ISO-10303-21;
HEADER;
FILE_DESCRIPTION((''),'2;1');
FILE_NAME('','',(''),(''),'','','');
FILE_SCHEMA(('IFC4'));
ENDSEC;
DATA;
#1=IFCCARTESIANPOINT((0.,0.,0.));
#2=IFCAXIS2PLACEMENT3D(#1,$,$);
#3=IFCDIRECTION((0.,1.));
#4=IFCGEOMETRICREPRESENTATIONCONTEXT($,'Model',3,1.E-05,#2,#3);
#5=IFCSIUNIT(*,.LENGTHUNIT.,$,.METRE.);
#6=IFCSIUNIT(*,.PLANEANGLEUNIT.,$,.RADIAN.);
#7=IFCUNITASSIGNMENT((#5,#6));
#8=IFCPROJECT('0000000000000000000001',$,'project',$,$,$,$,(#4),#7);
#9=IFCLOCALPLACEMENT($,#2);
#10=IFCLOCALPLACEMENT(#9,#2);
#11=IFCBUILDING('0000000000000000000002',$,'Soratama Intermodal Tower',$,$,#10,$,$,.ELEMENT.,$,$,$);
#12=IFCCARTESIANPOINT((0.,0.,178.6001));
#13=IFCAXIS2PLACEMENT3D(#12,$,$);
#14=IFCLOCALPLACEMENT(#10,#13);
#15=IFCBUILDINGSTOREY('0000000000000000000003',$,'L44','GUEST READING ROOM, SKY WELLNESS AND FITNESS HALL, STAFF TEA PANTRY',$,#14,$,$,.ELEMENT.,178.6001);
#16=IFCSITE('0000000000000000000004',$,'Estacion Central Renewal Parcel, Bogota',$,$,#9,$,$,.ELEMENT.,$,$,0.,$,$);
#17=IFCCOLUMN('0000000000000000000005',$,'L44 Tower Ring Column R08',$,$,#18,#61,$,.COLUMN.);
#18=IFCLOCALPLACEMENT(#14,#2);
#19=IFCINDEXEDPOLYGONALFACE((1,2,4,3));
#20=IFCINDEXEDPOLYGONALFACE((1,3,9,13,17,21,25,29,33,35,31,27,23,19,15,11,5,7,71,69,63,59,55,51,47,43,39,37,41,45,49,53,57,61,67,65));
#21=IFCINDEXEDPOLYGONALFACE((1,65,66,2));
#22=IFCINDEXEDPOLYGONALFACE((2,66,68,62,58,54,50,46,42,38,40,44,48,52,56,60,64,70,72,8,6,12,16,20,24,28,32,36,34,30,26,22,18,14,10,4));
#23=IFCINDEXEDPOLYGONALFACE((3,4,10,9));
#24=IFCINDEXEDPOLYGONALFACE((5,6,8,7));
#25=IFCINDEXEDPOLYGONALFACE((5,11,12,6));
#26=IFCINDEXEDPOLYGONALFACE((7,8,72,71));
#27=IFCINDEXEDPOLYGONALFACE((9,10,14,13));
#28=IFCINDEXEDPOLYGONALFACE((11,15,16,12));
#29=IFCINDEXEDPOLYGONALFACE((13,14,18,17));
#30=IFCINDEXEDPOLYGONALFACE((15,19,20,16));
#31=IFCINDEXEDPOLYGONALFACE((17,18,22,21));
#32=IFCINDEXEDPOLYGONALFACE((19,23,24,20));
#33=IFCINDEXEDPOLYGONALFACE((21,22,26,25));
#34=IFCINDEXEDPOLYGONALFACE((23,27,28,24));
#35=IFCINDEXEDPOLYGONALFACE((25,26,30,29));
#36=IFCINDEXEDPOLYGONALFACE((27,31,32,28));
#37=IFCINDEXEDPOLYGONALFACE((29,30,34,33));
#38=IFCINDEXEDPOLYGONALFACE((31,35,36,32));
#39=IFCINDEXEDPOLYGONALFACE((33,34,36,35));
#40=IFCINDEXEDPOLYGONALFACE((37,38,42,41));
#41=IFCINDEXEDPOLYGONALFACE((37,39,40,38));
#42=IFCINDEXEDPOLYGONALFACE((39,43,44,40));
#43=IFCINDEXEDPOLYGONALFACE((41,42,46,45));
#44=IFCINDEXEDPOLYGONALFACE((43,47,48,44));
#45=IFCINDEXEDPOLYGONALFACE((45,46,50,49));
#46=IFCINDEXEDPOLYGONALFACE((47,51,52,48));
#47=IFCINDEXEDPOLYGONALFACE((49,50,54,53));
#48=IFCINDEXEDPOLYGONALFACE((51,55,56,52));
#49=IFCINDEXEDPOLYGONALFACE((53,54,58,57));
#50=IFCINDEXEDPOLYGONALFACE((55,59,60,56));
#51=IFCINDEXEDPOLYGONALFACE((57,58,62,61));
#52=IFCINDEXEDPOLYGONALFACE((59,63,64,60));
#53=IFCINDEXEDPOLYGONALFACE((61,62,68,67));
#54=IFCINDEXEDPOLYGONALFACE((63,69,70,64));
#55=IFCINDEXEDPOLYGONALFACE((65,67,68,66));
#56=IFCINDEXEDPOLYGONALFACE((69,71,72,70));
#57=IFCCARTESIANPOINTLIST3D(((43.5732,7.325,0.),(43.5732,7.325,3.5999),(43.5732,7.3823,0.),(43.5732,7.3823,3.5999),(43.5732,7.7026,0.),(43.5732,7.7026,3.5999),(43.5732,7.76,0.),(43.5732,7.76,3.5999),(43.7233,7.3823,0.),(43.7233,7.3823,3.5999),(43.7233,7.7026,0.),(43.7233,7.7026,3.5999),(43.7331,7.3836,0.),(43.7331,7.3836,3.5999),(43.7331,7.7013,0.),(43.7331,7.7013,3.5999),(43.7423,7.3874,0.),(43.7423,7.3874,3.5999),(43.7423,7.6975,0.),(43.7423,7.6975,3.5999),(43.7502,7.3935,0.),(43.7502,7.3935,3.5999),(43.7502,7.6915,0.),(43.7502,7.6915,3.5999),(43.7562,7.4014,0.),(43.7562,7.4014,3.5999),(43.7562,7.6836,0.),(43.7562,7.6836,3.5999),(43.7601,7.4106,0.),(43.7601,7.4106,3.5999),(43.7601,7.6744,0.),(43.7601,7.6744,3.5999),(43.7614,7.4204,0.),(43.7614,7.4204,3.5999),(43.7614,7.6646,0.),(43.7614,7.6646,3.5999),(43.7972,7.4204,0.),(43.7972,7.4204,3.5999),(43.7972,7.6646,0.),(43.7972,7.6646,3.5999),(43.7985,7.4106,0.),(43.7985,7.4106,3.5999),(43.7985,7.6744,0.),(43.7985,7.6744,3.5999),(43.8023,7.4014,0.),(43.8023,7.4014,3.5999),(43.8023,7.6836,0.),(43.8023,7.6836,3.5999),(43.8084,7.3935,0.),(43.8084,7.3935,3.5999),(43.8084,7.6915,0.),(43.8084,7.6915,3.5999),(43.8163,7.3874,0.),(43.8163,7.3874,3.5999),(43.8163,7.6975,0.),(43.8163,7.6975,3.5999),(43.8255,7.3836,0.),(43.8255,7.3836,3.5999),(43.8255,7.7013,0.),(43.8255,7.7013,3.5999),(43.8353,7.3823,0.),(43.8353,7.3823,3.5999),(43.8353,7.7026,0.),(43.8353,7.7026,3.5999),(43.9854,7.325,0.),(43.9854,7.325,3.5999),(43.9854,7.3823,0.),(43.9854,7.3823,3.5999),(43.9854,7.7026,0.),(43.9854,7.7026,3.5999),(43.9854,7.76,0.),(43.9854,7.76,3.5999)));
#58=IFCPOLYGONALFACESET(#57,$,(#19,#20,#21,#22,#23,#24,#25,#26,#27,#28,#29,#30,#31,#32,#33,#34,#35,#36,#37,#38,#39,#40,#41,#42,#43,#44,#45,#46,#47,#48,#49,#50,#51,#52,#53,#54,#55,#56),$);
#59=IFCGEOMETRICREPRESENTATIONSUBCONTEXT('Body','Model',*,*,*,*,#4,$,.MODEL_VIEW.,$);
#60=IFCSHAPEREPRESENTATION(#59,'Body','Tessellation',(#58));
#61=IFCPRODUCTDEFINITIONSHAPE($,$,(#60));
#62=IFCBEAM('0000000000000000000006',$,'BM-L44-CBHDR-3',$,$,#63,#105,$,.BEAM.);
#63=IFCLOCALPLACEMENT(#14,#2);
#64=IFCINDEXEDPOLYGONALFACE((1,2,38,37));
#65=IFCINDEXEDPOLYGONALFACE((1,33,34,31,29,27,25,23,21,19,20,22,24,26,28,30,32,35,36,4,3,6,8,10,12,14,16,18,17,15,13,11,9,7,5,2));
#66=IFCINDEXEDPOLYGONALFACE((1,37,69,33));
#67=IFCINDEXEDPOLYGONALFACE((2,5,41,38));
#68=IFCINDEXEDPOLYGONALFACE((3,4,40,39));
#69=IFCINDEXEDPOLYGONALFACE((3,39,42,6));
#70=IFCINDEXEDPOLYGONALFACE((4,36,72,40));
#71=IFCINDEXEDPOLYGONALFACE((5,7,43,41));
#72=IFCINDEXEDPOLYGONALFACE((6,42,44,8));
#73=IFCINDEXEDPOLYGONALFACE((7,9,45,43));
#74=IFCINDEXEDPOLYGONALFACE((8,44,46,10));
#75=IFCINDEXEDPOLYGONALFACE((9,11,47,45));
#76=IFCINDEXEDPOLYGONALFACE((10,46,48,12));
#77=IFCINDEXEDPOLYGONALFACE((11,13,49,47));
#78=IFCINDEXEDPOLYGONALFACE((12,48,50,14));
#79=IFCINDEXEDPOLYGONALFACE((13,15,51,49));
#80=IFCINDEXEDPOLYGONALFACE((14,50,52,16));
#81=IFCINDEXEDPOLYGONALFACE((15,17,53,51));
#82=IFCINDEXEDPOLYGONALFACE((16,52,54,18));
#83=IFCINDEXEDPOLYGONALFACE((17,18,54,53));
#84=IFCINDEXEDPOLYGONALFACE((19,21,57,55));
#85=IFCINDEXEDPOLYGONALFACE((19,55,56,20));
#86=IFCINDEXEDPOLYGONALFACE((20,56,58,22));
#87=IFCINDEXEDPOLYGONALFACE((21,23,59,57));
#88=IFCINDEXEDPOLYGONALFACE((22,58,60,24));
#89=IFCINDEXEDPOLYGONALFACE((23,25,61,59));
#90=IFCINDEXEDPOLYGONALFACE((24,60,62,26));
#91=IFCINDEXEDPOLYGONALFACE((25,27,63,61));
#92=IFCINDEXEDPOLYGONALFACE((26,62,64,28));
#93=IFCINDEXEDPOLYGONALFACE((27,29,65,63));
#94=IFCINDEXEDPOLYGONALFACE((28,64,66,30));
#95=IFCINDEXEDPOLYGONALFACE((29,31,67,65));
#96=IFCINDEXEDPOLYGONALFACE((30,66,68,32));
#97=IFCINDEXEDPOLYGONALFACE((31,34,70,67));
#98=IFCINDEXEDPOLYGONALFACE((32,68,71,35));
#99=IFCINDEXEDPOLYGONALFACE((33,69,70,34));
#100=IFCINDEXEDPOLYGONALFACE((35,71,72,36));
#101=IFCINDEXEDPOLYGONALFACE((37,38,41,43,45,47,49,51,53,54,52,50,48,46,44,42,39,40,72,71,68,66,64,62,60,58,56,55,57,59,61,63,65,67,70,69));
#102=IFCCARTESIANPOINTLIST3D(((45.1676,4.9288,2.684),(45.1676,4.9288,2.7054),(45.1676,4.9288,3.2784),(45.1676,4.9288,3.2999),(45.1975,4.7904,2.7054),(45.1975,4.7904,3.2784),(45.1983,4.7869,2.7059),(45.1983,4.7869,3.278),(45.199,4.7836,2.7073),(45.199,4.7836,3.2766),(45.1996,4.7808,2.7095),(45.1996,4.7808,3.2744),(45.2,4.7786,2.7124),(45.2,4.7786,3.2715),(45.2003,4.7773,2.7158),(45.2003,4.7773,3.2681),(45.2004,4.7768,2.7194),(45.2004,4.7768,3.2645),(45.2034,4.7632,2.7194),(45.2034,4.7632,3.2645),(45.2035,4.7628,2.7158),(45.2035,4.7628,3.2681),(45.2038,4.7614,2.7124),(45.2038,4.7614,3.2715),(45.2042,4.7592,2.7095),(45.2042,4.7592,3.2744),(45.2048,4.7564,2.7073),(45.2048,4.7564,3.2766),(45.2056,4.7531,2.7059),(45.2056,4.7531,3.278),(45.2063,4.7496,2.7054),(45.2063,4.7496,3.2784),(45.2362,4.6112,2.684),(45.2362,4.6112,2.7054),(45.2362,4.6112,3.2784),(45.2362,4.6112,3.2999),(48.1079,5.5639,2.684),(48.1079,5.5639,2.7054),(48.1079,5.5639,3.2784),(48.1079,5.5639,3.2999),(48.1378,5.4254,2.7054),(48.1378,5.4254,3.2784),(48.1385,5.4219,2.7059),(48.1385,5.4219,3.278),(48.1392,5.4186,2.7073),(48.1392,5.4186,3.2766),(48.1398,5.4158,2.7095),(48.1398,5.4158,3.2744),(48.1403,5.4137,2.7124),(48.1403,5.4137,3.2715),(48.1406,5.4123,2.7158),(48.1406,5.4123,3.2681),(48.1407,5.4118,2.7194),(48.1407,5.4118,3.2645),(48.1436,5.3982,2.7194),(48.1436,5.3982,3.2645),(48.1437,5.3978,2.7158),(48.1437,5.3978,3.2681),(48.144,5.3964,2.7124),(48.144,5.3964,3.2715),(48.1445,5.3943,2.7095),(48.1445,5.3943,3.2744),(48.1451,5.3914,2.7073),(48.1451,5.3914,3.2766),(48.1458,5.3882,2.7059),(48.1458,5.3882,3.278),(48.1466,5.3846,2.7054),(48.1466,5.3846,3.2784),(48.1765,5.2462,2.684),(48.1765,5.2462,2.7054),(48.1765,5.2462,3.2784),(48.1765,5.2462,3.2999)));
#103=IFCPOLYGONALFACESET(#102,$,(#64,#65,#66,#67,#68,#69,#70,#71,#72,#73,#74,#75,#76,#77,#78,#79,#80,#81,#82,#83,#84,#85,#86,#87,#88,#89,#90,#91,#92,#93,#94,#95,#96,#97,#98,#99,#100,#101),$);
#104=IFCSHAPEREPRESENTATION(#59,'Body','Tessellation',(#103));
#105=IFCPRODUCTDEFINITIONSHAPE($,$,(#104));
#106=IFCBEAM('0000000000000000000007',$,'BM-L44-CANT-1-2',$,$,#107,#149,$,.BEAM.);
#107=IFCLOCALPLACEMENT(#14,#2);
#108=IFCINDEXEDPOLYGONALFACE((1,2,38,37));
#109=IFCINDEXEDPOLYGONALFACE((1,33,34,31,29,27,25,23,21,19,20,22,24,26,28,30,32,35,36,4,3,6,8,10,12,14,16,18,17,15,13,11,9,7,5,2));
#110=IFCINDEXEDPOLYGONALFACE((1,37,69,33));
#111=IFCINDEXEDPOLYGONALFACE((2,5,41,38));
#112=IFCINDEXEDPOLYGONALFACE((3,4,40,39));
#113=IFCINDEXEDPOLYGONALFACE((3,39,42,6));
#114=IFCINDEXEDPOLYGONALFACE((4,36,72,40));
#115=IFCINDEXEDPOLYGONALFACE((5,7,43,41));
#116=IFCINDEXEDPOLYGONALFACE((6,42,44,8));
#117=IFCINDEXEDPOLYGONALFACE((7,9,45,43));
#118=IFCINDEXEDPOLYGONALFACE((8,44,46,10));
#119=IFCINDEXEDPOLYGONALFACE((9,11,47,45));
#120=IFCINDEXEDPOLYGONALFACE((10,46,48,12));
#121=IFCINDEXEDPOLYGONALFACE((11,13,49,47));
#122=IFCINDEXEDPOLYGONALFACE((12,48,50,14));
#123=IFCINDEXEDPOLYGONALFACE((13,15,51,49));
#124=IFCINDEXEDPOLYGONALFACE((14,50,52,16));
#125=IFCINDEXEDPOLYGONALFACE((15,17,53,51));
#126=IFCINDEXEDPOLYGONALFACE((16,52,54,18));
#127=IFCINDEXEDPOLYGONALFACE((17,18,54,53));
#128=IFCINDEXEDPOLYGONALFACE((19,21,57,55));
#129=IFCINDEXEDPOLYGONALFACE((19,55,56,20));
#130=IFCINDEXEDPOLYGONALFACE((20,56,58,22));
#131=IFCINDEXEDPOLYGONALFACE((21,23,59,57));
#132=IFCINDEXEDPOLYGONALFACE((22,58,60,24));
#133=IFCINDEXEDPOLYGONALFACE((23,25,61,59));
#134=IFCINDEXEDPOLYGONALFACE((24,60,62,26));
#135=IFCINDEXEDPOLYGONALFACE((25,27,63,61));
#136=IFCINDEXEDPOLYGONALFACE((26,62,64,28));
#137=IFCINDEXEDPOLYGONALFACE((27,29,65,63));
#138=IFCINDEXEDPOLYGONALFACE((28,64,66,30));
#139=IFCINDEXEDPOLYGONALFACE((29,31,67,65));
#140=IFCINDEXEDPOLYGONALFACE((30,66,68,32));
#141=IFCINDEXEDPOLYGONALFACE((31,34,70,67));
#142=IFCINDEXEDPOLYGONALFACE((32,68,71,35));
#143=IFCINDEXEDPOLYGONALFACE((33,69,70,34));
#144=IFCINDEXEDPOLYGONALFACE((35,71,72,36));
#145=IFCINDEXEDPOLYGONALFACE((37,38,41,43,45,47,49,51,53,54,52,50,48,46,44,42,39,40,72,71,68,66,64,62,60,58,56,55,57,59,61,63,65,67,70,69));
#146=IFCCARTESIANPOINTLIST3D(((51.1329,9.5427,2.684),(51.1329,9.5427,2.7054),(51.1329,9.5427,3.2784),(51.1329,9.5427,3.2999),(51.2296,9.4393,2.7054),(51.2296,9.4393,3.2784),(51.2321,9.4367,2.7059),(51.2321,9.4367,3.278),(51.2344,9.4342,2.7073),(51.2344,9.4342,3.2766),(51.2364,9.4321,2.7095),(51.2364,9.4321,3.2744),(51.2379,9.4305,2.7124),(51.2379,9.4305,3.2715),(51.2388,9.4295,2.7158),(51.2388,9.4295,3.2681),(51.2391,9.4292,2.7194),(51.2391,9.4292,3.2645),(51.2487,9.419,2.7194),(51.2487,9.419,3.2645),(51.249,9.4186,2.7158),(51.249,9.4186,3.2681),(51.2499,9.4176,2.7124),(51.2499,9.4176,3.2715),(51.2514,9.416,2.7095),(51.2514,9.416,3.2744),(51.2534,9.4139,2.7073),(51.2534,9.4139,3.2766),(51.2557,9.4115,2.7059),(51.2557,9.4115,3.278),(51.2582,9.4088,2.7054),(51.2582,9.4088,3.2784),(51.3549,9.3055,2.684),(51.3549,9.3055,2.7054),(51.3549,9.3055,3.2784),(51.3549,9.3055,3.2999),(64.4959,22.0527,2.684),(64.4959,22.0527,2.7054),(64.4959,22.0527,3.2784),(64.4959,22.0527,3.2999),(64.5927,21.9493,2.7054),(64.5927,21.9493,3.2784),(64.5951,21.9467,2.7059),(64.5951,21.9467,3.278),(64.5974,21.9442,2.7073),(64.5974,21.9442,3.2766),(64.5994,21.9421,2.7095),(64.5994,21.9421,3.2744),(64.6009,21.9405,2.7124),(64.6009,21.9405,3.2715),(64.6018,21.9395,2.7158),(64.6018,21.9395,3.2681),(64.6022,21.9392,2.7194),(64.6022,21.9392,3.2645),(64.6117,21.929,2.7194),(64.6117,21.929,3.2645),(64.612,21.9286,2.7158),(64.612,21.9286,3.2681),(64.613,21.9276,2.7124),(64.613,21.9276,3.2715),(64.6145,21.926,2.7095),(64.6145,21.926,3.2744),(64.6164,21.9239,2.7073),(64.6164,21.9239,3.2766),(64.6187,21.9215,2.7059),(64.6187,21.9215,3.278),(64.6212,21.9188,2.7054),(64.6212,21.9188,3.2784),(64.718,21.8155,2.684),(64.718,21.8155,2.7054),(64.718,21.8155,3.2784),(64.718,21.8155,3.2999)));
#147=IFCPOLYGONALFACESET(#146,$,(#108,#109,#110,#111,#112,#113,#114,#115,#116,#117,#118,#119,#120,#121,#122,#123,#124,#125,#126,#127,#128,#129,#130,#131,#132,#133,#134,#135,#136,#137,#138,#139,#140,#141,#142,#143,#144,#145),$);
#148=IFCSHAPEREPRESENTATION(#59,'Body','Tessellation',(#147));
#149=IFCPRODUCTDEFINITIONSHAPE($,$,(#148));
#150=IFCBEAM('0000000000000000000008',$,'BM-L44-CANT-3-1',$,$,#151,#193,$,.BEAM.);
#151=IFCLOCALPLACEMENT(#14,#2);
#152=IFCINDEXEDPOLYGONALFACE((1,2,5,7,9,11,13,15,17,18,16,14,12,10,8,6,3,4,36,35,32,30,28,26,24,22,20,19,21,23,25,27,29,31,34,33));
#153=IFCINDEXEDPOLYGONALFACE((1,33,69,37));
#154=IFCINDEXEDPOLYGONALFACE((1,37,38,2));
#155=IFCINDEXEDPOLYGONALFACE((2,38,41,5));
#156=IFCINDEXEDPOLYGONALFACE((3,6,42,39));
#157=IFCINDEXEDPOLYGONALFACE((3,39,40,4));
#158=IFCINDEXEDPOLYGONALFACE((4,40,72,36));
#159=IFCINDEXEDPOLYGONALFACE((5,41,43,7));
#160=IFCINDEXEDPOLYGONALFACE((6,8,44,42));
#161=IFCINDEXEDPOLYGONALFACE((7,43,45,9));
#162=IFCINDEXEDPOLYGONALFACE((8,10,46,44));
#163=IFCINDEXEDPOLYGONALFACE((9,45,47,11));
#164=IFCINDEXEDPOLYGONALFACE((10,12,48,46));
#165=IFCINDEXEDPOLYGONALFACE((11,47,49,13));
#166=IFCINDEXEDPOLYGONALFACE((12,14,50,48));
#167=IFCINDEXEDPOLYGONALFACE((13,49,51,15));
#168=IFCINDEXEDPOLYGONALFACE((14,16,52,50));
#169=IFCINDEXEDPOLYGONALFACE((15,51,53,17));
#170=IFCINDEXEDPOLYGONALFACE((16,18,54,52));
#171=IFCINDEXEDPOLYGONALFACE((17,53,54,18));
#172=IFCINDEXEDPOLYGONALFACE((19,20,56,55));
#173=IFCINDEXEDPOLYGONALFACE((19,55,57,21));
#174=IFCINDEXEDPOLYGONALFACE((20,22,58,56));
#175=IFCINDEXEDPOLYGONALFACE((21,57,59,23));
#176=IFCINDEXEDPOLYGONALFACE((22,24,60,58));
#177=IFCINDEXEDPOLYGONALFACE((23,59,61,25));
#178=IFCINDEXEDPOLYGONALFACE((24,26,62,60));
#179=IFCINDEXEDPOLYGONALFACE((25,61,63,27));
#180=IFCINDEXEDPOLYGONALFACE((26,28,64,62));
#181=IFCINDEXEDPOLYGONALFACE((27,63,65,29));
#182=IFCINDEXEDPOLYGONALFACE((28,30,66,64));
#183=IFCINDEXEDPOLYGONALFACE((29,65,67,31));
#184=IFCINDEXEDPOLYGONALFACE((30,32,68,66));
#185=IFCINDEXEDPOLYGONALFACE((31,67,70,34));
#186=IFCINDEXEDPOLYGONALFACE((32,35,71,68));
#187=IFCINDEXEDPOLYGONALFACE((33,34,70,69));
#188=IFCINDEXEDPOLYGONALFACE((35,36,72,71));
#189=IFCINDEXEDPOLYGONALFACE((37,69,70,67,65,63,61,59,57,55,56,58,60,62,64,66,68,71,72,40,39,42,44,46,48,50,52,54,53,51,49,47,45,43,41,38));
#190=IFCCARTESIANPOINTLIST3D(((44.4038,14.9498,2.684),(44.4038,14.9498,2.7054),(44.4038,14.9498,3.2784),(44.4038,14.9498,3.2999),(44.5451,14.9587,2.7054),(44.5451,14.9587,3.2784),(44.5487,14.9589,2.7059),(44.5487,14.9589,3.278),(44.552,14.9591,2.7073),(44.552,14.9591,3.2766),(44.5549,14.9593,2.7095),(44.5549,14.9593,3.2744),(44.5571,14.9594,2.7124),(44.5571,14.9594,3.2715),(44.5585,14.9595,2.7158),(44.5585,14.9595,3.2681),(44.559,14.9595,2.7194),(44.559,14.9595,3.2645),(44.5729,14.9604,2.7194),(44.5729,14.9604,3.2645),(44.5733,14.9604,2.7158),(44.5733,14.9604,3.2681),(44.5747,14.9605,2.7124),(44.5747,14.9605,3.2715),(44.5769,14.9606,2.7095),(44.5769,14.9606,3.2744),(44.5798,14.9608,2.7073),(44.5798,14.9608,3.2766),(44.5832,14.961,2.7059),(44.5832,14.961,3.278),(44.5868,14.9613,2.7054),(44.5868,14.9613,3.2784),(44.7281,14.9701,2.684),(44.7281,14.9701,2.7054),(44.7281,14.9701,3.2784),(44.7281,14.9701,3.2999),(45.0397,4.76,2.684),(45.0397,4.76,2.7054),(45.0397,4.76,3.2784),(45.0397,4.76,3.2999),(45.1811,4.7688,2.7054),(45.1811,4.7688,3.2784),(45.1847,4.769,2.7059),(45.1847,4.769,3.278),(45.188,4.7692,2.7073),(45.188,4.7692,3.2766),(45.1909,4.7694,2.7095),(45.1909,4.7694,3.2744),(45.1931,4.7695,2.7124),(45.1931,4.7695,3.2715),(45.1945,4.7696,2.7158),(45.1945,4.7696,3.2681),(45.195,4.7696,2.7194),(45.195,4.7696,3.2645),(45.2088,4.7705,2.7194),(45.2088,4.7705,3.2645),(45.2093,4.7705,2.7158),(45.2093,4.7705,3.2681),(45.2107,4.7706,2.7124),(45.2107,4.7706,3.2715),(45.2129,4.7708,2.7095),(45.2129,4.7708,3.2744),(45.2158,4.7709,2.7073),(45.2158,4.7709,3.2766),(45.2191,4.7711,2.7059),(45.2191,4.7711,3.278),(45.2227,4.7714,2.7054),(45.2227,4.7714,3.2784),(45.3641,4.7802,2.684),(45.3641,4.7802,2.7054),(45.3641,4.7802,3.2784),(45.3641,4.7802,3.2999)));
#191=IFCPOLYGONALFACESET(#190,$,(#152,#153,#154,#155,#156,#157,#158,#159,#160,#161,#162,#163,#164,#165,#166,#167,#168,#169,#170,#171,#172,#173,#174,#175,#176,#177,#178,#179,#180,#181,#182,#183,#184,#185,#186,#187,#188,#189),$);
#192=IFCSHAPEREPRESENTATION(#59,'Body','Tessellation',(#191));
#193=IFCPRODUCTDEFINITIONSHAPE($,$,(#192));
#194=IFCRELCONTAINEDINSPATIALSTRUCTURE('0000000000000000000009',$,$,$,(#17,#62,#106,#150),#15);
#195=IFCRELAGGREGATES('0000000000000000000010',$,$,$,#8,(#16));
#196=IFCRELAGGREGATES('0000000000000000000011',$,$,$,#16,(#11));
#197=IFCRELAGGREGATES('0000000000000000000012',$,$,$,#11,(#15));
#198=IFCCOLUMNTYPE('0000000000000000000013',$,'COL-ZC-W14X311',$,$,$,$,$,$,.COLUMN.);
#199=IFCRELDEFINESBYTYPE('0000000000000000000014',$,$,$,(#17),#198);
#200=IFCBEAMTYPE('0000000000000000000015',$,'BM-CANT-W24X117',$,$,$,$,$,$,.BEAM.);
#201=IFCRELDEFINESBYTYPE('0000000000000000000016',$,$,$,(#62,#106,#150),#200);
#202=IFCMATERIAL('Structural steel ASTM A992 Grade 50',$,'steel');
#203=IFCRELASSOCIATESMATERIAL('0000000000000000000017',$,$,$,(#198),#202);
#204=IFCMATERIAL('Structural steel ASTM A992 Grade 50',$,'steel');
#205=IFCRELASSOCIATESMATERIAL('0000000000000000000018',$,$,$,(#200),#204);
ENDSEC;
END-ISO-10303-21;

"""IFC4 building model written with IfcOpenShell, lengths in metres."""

from ifc_helpers import new_model, si_unit, direction, frame, origin, origin_2d, place, context, subcontext, project, spatial, i_section, extrude, material, material_profile, profile_set, type_object, element, save


model = new_model("IFC4")

# Units and contexts
model_context = context("Model", 3, precision=1e-05, world=origin(), true_north=direction((0.0, 1.0)))
body_context = subcontext(model_context, "Body", "Model", "MODEL_VIEW")
ifc_project = project(units=[si_unit("LENGTHUNIT", "METRE"), si_unit("PLANEANGLEUNIT", "RADIAN")], contexts=[model_context])

# Site, building, storey
site_placement = place(None, origin())
site = spatial("IfcSite", under=ifc_project, at=site_placement, Name="Estacion Central Renewal Parcel, Bogota", CompositionType="ELEMENT", RefElevation=0.0)
building_placement = place(site_placement, origin())
building = spatial("IfcBuilding", under=site, at=building_placement, Name="Soratama Intermodal Tower", CompositionType="ELEMENT")
storey_placement = place(building_placement, frame((0.0, 0.0, 178.6001)))
storey = spatial("IfcBuildingStorey", under=building, at=storey_placement, Name="L44", Description="GUEST READING ROOM, SKY WELLNESS AND FITNESS HALL, STAFF TEA PANTRY", CompositionType="ELEMENT", Elevation=178.6001)

# Column
ifc_material_1 = material(Name="Structural steel ASTM A992 Grade 50", Category="steel")
ifc_material_profile_1 = material_profile(ifc_material_1, i_section(OverallWidth=0.4121, OverallDepth=0.4351, WebThickness=0.0359, FlangeThickness=0.0574, FilletRadius=0.0381, at=origin_2d()), Name="W14X311")
ifc_profile_set_1 = profile_set([ifc_material_profile_1], Name="Structural steel ASTM A992 Grade 50")
column_type = type_object("IfcColumnType", Name="COL-ZC-W14X311", PredefinedType="COLUMN", material=ifc_profile_set_1)
column_placement = place(storey_placement, frame((43.7793, 7.5425, 0.0), z_axis=(0.0, 0.0, 1.0), x_axis=(1.0, 0.0, 0.0)))
element("IfcColumn", 1, at=column_placement, inside=storey, type_object=column_type, Name="L44 Tower Ring Column R08", PredefinedType="COLUMN", context=body_context, shape_type="SweptSolid", body=[
    extrude(i_section(OverallWidth=0.4121, OverallDepth=0.4351, WebThickness=0.0359, FlangeThickness=0.0574, FilletRadius=0.0381, at=origin_2d()), origin(), (0.0, 0.0, 1.0), 3.5999),
])

# Beams
ifc_material_2 = material(Name="Structural steel ASTM A992 Grade 50", Category="steel")
ifc_material_profile_2 = material_profile(ifc_material_2, i_section(OverallWidth=0.325, OverallDepth=0.616, WebThickness=0.0139, FlangeThickness=0.0215, FilletRadius=0.0139, at=origin_2d()), Name="W24X117")
ifc_profile_set_2 = profile_set([ifc_material_profile_2], Name="Structural steel ASTM A992 Grade 50")
beam_type_1 = type_object("IfcBeamType", Name="BM-CANT-W24X117", PredefinedType="BEAM", material=ifc_profile_set_2)
beam_1_placement = place(storey_placement, frame((45.2019, 4.77, 2.9919), z_axis=(0.977463, 0.211109, 0.0), x_axis=(-0.211109, 0.977463, 0.0)))
element("IfcBeam", 2, at=beam_1_placement, inside=storey, type_object=beam_type_1, Name="BM-L44-CBHDR-3", PredefinedType="BEAM", context=body_context, shape_type="SweptSolid", body=[
    extrude(i_section(OverallWidth=0.325, OverallDepth=0.616, WebThickness=0.0139, FlangeThickness=0.0215, FilletRadius=0.0139, at=origin_2d()), origin(), (0.0, 0.0, 1.0), 3.0081),
])
beam_2_placement = place(storey_placement, frame((51.2439, 9.4241, 2.9919), z_axis=(0.730023, 0.683422, 0.0), x_axis=(-0.683422, 0.730023, 0.0)))
element("IfcBeam", 3, at=beam_2_placement, inside=storey, type_object=beam_type_1, Name="BM-L44-CANT-1-2", PredefinedType="BEAM", context=body_context, shape_type="SweptSolid", body=[
    extrude(i_section(OverallWidth=0.325, OverallDepth=0.616, WebThickness=0.0139, FlangeThickness=0.0215, FilletRadius=0.0139, at=origin_2d()), origin(), (0.0, 0.0, 1.0), 18.3049),
])
beam_3_placement = place(storey_placement, frame((44.5659, 14.96, 2.9919), z_axis=(0.062292, -0.998058, 0.0), x_axis=(0.998058, 0.062292, 0.0)))
element("IfcBeam", 4, at=beam_3_placement, inside=storey, type_object=beam_type_1, Name="BM-L44-CANT-3-1", PredefinedType="BEAM", context=body_context, shape_type="SweptSolid", body=[
    extrude(i_section(OverallWidth=0.325, OverallDepth=0.616, WebThickness=0.0139, FlangeThickness=0.0215, FilletRadius=0.0139, at=origin_2d()), origin(), (0.0, 0.0, 1.0), 10.2097),
])

save(model, "model.ifc")
